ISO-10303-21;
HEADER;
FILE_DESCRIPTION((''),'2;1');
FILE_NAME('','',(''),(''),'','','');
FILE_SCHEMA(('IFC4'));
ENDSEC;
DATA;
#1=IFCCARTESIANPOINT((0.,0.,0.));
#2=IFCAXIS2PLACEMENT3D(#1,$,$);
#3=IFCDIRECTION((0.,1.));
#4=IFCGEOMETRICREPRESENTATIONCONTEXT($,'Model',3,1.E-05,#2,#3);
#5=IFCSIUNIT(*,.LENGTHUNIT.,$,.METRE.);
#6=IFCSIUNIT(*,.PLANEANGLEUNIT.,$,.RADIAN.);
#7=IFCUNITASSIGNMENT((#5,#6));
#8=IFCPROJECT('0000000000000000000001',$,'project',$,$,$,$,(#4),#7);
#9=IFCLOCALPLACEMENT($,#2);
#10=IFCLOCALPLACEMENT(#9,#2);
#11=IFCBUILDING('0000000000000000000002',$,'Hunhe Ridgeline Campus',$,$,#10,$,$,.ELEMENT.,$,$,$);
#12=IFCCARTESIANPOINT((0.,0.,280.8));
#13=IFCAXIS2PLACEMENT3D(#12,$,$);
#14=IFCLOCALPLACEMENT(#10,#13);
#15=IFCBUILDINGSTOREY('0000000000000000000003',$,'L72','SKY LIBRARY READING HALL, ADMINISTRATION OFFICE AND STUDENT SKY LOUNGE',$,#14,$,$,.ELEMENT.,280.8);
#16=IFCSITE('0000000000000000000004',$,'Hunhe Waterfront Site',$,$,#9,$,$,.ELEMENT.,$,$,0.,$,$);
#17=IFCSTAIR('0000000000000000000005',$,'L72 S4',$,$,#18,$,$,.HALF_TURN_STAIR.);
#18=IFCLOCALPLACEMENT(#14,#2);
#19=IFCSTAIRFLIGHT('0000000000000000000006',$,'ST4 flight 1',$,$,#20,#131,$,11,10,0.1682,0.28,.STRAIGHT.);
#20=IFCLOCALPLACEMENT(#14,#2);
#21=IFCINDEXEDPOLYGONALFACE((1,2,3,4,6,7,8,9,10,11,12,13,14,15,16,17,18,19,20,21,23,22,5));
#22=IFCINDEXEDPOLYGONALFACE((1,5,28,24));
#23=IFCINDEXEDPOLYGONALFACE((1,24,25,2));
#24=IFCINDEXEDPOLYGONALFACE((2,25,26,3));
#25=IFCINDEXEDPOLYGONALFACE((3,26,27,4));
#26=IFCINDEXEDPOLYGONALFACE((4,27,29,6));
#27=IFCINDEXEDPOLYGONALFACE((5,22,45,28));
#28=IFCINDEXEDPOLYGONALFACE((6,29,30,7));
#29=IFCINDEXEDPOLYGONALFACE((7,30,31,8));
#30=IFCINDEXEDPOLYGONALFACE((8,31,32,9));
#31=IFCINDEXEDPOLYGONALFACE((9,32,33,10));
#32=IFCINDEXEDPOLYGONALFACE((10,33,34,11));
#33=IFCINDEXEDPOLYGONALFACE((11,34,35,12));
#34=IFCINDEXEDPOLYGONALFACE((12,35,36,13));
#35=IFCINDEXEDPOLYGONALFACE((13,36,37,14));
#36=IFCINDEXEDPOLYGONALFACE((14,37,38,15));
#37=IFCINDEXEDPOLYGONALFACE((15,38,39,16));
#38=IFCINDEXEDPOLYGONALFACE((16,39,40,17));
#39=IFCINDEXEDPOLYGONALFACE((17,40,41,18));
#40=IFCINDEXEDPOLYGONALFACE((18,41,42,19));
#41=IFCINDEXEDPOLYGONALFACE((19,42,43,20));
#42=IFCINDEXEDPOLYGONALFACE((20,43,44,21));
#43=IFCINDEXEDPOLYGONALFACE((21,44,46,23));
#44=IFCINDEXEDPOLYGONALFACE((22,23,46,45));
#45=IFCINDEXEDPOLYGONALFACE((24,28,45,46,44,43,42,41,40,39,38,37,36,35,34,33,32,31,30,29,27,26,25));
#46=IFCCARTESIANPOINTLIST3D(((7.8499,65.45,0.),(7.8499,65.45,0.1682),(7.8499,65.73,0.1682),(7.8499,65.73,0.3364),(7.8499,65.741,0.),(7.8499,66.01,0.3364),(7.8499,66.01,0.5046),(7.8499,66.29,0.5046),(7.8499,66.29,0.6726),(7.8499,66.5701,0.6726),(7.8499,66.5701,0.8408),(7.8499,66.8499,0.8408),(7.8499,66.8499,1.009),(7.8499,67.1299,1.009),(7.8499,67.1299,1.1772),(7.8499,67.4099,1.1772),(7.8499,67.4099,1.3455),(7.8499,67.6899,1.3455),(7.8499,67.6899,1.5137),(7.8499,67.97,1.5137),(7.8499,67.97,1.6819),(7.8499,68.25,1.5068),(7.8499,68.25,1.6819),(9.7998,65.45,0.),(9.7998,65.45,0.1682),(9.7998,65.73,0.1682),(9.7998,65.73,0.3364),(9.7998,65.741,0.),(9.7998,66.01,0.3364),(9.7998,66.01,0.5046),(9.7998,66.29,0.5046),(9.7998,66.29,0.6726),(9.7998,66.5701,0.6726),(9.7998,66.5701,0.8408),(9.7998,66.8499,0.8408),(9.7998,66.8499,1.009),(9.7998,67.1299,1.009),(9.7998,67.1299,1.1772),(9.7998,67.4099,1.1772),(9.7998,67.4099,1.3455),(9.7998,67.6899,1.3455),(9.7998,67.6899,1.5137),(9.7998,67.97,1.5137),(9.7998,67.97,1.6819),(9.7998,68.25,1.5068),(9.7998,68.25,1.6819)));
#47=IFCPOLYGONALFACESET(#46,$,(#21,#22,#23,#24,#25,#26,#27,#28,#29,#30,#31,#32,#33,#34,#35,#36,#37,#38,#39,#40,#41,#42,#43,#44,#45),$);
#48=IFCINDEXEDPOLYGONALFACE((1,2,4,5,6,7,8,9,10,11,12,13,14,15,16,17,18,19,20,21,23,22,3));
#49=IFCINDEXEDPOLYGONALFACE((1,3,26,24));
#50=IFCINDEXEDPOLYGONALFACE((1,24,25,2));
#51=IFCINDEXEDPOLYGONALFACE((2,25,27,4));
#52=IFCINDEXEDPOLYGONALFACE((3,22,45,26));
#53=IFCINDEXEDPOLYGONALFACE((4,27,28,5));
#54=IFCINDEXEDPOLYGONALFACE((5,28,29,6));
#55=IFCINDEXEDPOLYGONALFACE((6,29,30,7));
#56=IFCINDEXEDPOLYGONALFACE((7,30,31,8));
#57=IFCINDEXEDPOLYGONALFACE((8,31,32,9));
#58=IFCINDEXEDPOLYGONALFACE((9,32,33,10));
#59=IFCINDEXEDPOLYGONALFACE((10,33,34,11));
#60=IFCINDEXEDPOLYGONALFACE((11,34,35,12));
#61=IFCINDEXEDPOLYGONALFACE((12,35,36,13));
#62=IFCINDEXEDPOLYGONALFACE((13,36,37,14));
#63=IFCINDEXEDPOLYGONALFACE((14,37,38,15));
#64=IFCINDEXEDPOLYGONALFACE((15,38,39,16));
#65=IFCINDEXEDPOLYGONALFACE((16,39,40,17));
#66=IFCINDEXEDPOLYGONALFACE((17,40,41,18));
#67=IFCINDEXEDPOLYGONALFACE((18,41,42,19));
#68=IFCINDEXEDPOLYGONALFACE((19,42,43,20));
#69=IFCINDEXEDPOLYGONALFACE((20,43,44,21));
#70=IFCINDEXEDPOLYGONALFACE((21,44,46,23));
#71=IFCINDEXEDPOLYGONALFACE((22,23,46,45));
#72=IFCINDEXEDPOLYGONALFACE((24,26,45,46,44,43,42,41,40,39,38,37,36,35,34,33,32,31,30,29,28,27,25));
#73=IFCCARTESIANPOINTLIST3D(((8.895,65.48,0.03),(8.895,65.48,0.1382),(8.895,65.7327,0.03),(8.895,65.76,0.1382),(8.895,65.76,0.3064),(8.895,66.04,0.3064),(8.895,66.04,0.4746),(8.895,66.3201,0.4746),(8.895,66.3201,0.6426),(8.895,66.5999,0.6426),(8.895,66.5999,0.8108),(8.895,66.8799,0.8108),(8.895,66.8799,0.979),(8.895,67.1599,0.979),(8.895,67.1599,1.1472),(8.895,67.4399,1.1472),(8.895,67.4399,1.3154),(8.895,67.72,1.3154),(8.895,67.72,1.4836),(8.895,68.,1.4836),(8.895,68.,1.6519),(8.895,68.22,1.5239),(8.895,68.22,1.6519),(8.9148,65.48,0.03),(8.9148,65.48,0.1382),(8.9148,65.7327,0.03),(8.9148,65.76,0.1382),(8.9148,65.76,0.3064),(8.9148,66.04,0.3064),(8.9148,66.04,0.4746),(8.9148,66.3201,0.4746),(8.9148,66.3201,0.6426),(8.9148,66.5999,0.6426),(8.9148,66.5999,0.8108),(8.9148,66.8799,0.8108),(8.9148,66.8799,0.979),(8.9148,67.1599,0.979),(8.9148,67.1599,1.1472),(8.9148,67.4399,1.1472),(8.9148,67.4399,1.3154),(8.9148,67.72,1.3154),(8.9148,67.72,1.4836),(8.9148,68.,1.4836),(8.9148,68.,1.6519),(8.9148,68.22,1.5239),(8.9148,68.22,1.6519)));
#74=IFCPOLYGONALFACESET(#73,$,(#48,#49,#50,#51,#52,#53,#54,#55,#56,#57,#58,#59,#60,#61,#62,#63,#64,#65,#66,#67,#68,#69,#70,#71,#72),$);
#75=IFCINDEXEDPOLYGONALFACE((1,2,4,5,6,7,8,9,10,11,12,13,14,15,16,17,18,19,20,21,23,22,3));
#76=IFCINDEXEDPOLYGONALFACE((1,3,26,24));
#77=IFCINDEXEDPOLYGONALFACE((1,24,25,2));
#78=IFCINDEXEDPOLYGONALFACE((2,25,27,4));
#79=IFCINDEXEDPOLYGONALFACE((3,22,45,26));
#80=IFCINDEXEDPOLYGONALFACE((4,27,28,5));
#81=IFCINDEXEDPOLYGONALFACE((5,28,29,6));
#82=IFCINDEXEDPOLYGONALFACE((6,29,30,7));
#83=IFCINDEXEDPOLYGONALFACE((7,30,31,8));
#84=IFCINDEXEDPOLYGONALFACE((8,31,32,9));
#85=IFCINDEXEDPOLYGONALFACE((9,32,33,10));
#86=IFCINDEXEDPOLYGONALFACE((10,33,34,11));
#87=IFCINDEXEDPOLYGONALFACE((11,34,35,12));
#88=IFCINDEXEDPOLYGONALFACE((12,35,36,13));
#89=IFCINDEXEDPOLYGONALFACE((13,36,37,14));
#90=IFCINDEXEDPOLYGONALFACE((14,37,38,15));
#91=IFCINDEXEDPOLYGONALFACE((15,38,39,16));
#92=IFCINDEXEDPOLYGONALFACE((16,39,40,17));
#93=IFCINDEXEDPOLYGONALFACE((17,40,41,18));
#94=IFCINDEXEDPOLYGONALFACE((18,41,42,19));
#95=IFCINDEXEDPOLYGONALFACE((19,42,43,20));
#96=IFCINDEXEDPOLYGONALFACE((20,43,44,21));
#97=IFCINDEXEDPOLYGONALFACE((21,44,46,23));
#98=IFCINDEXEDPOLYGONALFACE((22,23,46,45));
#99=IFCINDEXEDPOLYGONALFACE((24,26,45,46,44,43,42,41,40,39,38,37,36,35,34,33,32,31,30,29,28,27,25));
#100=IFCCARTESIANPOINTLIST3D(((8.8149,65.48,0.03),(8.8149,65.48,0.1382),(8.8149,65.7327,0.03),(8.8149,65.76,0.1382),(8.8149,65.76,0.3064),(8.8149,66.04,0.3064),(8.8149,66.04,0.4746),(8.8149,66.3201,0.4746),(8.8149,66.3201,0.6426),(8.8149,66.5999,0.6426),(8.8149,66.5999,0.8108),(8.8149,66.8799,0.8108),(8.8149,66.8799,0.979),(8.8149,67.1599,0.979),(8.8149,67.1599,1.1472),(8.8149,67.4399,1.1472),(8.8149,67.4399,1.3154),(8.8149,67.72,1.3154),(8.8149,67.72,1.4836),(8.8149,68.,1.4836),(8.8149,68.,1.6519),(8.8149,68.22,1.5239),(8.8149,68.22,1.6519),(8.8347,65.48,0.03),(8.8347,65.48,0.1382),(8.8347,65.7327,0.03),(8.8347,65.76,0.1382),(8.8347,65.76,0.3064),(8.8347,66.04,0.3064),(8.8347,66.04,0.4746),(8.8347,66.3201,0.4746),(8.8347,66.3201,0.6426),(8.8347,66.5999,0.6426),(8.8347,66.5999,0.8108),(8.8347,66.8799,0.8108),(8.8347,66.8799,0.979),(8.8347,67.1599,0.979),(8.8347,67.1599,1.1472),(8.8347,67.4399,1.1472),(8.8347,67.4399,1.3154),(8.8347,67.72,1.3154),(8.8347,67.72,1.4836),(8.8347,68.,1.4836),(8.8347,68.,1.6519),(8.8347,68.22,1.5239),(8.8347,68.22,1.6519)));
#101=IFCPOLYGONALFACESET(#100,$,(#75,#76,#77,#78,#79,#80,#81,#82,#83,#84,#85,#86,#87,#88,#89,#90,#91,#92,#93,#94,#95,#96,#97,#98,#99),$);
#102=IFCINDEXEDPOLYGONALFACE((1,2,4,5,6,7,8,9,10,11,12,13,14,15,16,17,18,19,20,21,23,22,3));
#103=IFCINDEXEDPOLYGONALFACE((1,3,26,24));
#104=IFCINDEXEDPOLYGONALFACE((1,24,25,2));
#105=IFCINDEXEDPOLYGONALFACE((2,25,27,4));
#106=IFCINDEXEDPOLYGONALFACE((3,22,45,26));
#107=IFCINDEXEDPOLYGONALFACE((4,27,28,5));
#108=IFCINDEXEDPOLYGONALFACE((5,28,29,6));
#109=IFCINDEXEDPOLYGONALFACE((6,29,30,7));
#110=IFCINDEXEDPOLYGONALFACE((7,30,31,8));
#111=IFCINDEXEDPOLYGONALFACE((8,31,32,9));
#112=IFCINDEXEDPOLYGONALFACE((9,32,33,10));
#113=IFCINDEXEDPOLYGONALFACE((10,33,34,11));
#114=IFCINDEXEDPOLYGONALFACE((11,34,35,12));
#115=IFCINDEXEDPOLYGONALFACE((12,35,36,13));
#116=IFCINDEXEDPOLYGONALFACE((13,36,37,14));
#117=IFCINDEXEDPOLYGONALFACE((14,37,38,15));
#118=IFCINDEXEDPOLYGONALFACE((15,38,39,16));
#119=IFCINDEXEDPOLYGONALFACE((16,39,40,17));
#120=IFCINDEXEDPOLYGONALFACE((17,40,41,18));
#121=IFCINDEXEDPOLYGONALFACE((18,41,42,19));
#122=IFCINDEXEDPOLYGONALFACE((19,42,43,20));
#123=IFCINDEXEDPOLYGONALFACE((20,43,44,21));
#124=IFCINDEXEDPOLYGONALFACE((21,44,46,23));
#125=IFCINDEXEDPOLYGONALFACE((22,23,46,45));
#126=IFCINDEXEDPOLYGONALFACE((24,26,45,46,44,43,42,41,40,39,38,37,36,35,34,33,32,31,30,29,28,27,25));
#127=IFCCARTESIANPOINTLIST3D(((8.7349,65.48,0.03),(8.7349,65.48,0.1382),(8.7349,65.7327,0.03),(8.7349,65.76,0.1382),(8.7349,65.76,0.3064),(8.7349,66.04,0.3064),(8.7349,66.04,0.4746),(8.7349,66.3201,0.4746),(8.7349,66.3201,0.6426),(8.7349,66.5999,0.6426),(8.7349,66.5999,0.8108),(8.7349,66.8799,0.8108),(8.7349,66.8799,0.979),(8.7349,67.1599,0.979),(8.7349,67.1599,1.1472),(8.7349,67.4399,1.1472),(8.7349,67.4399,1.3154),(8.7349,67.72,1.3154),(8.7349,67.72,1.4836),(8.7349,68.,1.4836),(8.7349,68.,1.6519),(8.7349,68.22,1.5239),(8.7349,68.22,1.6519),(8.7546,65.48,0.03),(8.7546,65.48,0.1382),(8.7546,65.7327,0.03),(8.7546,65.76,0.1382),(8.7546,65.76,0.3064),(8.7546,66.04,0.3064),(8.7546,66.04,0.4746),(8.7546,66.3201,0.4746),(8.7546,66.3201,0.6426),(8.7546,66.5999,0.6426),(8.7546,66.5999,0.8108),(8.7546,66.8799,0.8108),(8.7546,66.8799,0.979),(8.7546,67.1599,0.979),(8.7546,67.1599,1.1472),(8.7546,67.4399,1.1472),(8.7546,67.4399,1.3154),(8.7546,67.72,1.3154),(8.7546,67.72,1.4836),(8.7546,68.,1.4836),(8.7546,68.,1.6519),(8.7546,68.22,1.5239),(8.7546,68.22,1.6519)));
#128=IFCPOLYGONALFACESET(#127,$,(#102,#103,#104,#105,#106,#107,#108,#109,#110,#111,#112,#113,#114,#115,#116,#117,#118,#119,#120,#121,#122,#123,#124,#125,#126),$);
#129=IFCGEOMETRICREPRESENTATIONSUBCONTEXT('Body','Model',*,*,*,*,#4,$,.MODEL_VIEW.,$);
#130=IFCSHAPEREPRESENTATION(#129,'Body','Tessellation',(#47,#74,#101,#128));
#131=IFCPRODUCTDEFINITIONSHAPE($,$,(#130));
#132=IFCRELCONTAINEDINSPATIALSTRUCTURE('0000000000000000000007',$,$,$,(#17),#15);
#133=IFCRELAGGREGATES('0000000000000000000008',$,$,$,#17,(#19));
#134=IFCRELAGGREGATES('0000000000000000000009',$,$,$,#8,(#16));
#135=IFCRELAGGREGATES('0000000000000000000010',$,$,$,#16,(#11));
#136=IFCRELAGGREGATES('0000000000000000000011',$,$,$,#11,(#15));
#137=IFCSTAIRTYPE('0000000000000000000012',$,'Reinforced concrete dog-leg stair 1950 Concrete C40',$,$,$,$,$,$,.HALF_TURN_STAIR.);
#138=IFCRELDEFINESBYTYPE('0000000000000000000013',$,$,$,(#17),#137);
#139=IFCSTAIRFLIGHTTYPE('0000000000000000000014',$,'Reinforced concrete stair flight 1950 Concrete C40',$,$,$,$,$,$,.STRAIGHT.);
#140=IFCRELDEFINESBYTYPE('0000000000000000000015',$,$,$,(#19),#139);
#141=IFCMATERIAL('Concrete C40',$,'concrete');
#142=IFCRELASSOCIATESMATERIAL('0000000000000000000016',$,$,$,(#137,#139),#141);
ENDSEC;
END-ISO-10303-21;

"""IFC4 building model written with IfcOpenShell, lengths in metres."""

from ifc_helpers import new_model, si_unit, direction, frame, origin, place, context, subcontext, project, spatial, polyline, outline, extrude, material, type_object, element, aggregate, save


model = new_model("IFC4")

# Units and contexts
model_context = context("Model", 3, precision=1e-05, world=origin(), true_north=direction((0.0, 1.0)))
body_context = subcontext(model_context, "Body", "Model", "MODEL_VIEW")
ifc_project = project(units=[si_unit("LENGTHUNIT", "METRE"), si_unit("PLANEANGLEUNIT", "RADIAN")], contexts=[model_context])

# Site, building, storey
site_placement = place(None, origin())
site = spatial("IfcSite", under=ifc_project, at=site_placement, Name="Hunhe Waterfront Site", CompositionType="ELEMENT", RefElevation=0.0)
building_placement = place(site_placement, origin())
building = spatial("IfcBuilding", under=site, at=building_placement, Name="Hunhe Ridgeline Campus", CompositionType="ELEMENT")
storey_placement = place(building_placement, frame((0.0, 0.0, 280.8)))
storey = spatial("IfcBuildingStorey", under=building, at=storey_placement, Name="L72", Description="SKY LIBRARY READING HALL, ADMINISTRATION OFFICE AND STUDENT SKY LOUNGE", CompositionType="ELEMENT", Elevation=280.8)

# Stair, stair flight
ifc_material_1 = material(Name="Concrete C40", Category="concrete")
stair_type = type_object("IfcStairType", Name="Reinforced concrete dog-leg stair 1950 Concrete C40", PredefinedType="HALF_TURN_STAIR", material=ifc_material_1)
stair_flight_type = type_object("IfcStairFlightType", Name="Reinforced concrete stair flight 1950 Concrete C40", PredefinedType="STRAIGHT", material=ifc_material_1)
stair_1_placement = place(storey_placement, origin())
stair_1 = element("IfcStair", 1, at=stair_1_placement, inside=storey, type_object=stair_type, Name="L72 S4", PredefinedType="HALF_TURN_STAIR")
stair_flight_1_placement = place(storey_placement, frame((8.825, 65.45, 0.0), z_axis=(0.0, 0.0, 1.0), x_axis=(0.0, 1.0, 0.0)))
stair_flight_1 = element("IfcStairFlight", 2, at=stair_flight_1_placement, type_object=stair_flight_type, Name="ST4 flight 1", NumberOfRisers=11, NumberOfTreads=10, PredefinedType="STRAIGHT", RiserHeight=0.1682, TreadLength=0.28, context=body_context, shape_type="SweptSolid", body=[
    extrude(outline(polyline([(0.0, 0.0), (0.0, 0.1682), (0.28, 0.1682), (0.28, 0.3364), (0.5601, 0.3364), (0.5601, 0.5046), (0.8401, 0.5046), (0.8401, 0.6726), (1.1201, 0.6726), (1.1201, 0.8408), (1.3999, 0.8408), (1.3999, 1.009), (1.6799, 1.009), (1.6799, 1.1772), (1.96, 1.1772), (1.96, 1.3455), (2.24, 1.3455), (2.24, 1.5137), (2.52, 1.5137), (2.52, 1.6819), (2.8, 1.6819), (2.8, 1.8501), (2.8, 1.5068), (0.291, 0.0), (0.0, 0.0)])), frame((0.0, 0.9751, 0.0), z_axis=(0.0, -1.0, 0.0), x_axis=(1.0, 0.0, 0.0)), (0.0, 0.0, 1.0), 1.95),
    extrude(outline(polyline([(0.03, 0.03), (0.03, 0.1382), (0.3101, 0.1382), (0.3101, 0.3064), (0.5901, 0.3064), (0.5901, 0.4746), (0.8701, 0.4746), (0.8701, 0.6426), (1.1499, 0.6426), (1.1499, 0.8108), (1.4299, 0.8108), (1.4299, 0.979), (1.71, 0.979), (1.71, 1.1472), (1.99, 1.1472), (1.99, 1.3154), (2.27, 1.3154), (2.27, 1.4836), (2.55, 1.4836), (2.55, 1.6519), (2.77, 1.6519), (2.77, 1.5239), (0.2827, 0.03), (0.03, 0.03)])), frame((0.0, -0.0701, 0.0), z_axis=(0.0, -1.0, 0.0), x_axis=(1.0, 0.0, 0.0)), (0.0, 0.0, 1.0), 0.0198),
    extrude(outline(polyline([(0.03, 0.03), (0.03, 0.1382), (0.3101, 0.1382), (0.3101, 0.3064), (0.5901, 0.3064), (0.5901, 0.4746), (0.8701, 0.4746), (0.8701, 0.6426), (1.1499, 0.6426), (1.1499, 0.8108), (1.4299, 0.8108), (1.4299, 0.979), (1.71, 0.979), (1.71, 1.1472), (1.99, 1.1472), (1.99, 1.3154), (2.27, 1.3154), (2.27, 1.4836), (2.55, 1.4836), (2.55, 1.6519), (2.77, 1.6519), (2.77, 1.5239), (0.2827, 0.03), (0.03, 0.03)])), frame((0.0, 0.01, 0.0), z_axis=(0.0, -1.0, 0.0), x_axis=(1.0, 0.0, 0.0)), (0.0, 0.0, 1.0), 0.0198),
    extrude(outline(polyline([(0.03, 0.03), (0.03, 0.1382), (0.3101, 0.1382), (0.3101, 0.3064), (0.5901, 0.3064), (0.5901, 0.4746), (0.8701, 0.4746), (0.8701, 0.6426), (1.1499, 0.6426), (1.1499, 0.8108), (1.4299, 0.8108), (1.4299, 0.979), (1.71, 0.979), (1.71, 1.1472), (1.99, 1.1472), (1.99, 1.3154), (2.27, 1.3154), (2.27, 1.4836), (2.55, 1.4836), (2.55, 1.6519), (2.77, 1.6519), (2.77, 1.5239), (0.2827, 0.03), (0.03, 0.03)])), frame((0.0, 0.0901, 0.0), z_axis=(0.0, -1.0, 0.0), x_axis=(1.0, 0.0, 0.0)), (0.0, 0.0, 1.0), 0.0198),
])
aggregate(stair_1, [stair_flight_1])

save(model, "model.ifc")
